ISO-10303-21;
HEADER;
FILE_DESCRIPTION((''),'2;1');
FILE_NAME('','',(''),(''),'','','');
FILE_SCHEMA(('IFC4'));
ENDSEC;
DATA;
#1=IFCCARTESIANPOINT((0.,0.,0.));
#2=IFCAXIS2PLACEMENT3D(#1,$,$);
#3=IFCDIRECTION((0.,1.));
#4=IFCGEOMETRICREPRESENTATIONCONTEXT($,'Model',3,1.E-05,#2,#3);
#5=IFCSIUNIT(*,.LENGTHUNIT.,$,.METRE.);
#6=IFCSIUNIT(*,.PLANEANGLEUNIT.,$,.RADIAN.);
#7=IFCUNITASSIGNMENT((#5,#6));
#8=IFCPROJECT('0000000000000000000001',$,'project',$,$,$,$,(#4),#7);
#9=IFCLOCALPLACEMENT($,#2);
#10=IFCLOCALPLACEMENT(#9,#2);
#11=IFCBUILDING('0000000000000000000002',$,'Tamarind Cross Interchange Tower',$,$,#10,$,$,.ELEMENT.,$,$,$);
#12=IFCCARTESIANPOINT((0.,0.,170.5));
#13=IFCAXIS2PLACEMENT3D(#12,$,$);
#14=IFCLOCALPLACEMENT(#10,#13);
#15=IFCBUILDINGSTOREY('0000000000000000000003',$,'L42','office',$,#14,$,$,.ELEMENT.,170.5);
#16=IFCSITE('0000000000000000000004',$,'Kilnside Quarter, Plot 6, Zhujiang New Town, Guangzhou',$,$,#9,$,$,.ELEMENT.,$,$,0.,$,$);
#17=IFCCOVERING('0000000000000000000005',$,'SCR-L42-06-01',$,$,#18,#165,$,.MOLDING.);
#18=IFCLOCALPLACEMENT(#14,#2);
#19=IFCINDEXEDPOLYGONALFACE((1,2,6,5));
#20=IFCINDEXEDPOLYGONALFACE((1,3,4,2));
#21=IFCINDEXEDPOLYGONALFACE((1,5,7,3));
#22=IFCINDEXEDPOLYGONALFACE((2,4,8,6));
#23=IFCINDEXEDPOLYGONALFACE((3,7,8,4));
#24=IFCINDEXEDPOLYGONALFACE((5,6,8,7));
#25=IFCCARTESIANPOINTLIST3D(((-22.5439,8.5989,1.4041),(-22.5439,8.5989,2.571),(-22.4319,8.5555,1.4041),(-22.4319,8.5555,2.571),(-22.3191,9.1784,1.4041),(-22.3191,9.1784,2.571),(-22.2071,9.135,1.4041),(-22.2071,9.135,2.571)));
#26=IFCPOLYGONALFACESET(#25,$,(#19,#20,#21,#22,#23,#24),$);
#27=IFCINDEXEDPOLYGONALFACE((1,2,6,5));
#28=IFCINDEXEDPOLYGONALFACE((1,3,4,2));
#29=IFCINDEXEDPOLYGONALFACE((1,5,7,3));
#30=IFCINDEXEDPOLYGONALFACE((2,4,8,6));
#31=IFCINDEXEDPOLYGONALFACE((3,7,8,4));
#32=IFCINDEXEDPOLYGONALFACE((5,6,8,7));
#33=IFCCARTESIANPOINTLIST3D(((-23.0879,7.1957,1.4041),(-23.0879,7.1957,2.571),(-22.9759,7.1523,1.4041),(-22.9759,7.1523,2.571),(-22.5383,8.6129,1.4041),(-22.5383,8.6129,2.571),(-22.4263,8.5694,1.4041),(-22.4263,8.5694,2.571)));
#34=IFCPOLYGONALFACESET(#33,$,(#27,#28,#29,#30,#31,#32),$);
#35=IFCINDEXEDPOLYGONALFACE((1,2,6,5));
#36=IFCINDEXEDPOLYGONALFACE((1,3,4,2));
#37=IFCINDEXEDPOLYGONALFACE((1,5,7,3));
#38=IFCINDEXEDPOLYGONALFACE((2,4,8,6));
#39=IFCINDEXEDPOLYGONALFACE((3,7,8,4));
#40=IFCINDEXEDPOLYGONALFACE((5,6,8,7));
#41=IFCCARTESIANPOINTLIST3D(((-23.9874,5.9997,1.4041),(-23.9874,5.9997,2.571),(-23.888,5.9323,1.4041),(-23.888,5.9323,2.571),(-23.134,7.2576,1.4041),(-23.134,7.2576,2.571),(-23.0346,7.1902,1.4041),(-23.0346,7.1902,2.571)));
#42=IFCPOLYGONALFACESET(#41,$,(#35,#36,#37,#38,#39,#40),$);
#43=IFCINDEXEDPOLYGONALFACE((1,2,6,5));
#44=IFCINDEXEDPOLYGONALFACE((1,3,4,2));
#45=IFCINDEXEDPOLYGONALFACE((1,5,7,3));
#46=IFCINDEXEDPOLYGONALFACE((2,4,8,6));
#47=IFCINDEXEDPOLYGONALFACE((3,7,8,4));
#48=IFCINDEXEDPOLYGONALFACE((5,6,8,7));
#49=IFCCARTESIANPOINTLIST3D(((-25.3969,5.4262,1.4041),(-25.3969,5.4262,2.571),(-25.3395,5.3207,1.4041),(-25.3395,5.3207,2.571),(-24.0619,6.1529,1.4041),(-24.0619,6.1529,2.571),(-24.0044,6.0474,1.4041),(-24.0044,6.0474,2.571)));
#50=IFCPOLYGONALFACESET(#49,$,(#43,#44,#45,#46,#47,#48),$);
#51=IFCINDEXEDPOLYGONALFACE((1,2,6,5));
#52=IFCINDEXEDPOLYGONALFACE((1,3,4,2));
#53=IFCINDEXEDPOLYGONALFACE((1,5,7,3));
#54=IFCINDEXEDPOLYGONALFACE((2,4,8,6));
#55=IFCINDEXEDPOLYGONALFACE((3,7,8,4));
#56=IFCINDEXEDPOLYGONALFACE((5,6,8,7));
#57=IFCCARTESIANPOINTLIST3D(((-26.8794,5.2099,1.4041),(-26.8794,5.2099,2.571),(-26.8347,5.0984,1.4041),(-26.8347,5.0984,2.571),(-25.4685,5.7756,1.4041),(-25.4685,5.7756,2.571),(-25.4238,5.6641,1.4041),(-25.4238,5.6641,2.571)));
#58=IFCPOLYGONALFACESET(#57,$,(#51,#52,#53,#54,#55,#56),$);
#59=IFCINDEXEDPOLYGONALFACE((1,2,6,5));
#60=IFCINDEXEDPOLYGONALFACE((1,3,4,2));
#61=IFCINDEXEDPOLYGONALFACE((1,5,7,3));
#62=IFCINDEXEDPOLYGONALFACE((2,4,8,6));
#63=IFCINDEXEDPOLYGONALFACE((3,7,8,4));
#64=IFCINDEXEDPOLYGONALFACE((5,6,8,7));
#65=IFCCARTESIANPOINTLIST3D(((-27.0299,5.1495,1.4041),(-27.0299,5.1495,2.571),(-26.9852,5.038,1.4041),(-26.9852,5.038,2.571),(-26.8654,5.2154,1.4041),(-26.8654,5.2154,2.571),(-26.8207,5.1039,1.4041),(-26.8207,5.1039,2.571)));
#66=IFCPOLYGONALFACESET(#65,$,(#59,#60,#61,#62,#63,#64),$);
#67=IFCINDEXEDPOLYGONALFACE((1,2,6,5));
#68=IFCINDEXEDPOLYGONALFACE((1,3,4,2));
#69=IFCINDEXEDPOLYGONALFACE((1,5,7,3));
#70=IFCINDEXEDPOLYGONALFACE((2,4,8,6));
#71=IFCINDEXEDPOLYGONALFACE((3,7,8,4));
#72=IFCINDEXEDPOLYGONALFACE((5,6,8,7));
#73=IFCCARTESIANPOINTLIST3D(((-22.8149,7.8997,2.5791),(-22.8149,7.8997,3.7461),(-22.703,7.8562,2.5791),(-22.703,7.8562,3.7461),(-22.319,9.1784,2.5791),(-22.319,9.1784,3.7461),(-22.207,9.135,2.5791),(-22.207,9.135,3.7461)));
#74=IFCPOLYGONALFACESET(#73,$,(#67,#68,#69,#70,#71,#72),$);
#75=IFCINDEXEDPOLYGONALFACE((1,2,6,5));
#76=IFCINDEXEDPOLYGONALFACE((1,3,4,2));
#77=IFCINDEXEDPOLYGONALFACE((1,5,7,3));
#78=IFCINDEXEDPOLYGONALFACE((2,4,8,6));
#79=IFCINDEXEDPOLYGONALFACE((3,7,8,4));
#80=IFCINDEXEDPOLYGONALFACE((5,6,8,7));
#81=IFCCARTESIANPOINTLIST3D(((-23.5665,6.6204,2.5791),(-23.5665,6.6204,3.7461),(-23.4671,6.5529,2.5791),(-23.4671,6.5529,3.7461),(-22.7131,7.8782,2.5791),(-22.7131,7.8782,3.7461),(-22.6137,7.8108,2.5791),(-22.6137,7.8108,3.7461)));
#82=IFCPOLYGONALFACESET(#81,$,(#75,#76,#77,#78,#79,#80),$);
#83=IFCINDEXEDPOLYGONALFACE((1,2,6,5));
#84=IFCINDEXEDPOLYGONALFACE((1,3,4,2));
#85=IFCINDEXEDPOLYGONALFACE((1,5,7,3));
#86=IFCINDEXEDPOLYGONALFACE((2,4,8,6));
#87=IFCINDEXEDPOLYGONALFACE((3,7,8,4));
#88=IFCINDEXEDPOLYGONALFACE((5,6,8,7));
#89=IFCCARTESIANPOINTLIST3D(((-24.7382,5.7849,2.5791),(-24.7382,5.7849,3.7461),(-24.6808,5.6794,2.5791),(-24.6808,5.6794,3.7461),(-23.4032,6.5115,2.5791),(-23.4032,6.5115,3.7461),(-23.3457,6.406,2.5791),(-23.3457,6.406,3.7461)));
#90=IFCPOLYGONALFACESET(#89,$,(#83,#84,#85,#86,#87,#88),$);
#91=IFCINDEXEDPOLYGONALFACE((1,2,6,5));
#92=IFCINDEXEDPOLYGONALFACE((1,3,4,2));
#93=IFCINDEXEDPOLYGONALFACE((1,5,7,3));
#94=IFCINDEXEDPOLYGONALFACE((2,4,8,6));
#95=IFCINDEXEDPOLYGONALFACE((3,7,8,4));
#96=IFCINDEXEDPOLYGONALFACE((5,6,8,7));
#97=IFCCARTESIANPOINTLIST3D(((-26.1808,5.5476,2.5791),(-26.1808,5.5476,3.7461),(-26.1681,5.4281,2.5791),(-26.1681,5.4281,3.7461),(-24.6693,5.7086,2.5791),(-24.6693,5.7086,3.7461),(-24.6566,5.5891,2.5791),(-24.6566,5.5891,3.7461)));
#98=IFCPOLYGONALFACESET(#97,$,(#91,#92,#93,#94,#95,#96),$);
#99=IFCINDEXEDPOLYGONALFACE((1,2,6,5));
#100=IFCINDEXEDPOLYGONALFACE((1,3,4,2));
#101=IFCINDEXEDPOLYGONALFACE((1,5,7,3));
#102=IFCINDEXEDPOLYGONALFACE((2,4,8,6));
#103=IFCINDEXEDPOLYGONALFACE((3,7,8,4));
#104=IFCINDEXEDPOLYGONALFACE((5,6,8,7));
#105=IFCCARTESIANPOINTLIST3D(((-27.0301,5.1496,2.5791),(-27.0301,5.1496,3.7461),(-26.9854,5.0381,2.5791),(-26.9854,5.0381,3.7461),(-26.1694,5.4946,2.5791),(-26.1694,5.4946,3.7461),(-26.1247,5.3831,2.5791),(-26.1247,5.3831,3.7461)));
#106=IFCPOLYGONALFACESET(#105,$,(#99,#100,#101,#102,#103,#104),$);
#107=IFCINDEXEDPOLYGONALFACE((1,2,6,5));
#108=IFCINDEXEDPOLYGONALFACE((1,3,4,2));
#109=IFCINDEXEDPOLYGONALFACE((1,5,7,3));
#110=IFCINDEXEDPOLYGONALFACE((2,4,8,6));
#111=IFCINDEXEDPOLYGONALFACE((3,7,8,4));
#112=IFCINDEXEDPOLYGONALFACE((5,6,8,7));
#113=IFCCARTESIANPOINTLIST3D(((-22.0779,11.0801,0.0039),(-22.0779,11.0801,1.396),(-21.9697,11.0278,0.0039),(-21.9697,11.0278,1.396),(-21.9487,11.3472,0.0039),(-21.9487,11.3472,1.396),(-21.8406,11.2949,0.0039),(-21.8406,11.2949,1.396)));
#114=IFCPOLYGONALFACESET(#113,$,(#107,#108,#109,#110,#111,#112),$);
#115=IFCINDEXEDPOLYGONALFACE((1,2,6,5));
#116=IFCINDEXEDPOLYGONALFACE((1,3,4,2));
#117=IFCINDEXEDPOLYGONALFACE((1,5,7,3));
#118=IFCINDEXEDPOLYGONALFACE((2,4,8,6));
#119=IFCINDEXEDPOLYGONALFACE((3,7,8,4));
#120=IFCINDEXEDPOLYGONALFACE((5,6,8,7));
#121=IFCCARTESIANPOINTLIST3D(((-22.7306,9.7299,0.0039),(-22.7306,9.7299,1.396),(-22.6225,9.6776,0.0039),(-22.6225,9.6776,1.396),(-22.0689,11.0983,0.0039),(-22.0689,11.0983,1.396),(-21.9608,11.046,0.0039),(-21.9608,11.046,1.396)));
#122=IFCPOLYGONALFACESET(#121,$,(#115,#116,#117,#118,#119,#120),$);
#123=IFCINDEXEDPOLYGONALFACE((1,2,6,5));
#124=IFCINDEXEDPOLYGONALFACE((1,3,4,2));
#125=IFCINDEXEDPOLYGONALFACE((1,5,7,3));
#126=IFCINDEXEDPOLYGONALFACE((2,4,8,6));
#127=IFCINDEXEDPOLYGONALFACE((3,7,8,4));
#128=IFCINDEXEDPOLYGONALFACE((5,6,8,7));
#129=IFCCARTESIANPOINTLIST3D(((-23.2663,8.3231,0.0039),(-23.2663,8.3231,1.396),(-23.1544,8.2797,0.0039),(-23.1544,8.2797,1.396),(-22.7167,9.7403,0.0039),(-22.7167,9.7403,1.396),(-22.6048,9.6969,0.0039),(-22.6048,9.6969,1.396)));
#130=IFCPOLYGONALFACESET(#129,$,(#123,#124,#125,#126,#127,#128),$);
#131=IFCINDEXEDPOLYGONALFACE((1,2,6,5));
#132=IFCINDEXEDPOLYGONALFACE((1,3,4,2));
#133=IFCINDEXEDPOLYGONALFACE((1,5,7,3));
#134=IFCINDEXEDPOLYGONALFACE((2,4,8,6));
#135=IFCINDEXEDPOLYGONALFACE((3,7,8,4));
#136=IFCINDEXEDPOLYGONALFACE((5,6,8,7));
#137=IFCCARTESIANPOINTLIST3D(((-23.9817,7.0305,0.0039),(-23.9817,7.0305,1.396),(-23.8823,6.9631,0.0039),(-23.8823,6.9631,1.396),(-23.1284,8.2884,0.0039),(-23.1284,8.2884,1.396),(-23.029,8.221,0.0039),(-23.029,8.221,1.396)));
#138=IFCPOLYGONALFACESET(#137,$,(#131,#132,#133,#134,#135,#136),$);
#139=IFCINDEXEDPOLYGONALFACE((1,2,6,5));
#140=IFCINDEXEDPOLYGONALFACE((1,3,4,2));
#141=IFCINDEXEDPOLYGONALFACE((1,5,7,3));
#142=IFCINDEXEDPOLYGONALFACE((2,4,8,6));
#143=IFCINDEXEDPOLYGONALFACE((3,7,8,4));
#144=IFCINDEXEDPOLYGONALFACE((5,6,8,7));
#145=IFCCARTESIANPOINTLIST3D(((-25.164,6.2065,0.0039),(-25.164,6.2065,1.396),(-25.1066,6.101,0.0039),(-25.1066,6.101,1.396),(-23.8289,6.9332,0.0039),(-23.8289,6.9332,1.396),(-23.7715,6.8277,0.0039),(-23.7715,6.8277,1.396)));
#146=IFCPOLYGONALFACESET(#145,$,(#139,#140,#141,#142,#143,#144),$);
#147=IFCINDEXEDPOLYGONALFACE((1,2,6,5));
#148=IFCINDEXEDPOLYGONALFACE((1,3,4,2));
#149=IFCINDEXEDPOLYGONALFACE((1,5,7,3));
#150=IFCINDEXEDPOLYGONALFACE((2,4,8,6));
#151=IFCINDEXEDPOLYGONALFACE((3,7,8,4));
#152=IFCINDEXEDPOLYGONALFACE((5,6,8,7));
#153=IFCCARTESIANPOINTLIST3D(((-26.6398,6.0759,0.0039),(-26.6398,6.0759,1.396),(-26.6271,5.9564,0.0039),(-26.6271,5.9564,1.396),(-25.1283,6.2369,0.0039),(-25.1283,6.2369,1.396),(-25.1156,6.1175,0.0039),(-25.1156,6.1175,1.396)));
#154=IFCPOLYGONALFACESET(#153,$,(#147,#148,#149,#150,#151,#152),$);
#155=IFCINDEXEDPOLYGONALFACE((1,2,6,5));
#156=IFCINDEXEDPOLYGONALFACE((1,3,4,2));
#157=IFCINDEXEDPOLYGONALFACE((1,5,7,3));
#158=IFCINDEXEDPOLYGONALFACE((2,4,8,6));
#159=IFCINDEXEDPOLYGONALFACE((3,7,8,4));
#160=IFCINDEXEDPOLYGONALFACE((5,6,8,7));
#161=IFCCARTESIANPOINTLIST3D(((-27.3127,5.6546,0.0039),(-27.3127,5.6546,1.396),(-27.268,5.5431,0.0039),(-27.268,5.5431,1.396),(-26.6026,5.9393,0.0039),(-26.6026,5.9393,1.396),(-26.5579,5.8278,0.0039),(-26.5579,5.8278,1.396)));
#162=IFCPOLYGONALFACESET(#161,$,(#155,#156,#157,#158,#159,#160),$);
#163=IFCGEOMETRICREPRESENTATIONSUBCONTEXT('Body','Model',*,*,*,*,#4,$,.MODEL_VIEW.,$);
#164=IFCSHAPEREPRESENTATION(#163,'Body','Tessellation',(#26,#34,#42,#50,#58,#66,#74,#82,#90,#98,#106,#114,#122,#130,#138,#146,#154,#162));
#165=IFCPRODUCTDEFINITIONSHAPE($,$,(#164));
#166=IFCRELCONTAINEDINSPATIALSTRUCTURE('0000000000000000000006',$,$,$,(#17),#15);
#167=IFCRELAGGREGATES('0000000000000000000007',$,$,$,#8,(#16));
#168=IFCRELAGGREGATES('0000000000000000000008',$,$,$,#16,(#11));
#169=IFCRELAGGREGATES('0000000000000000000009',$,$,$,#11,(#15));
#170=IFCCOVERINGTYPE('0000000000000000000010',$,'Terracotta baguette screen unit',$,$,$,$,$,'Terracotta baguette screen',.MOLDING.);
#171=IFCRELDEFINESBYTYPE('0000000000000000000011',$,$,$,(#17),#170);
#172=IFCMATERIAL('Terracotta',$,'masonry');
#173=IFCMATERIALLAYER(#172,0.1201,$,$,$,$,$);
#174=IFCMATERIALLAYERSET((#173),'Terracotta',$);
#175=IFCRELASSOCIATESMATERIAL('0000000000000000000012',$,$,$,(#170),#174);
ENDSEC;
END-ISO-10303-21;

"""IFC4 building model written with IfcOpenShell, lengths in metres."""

from ifc_helpers import new_model, si_unit, direction, frame, origin, origin_2d, place, context, subcontext, project, spatial, rectangle, extrude, material, layer, layer_set, type_object, element, save


model = new_model("IFC4")

# Units and contexts
model_context = context("Model", 3, precision=1e-05, world=origin(), true_north=direction((0.0, 1.0)))
body_context = subcontext(model_context, "Body", "Model", "MODEL_VIEW")
ifc_project = project(units=[si_unit("LENGTHUNIT", "METRE"), si_unit("PLANEANGLEUNIT", "RADIAN")], contexts=[model_context])

# Site, building, storey
site_placement = place(None, origin())
site = spatial("IfcSite", under=ifc_project, at=site_placement, Name="Kilnside Quarter, Plot 6, Zhujiang New Town, Guangzhou", CompositionType="ELEMENT", RefElevation=0.0)
building_placement = place(site_placement, origin())
building = spatial("IfcBuilding", under=site, at=building_placement, Name="Tamarind Cross Interchange Tower", CompositionType="ELEMENT")
storey_placement = place(building_placement, frame((0.0, 0.0, 170.5)))
storey = spatial("IfcBuildingStorey", under=building, at=storey_placement, Name="L42", Description="office", CompositionType="ELEMENT", Elevation=170.5)

# Covering
ifc_material_1 = material(Name="Terracotta", Category="masonry")
ifc_layer_1 = layer(ifc_material_1, 0.1201)
ifc_layer_set_1 = layer_set([ifc_layer_1], Name="Terracotta")
covering_type = type_object("IfcCoveringType", Name="Terracotta baguette screen unit", ElementType="Terracotta baguette screen", PredefinedType="MOLDING", material=ifc_layer_set_1)
covering_1_placement = place(storey_placement, origin())
element("IfcCovering", 1, at=covering_1_placement, inside=storey, type_object=covering_type, Name="SCR-L42-06-01", PredefinedType="MOLDING", context=body_context, shape_type="SweptSolid", body=[
    extrude(rectangle(XDim=0.6216, YDim=0.1201, at=origin_2d()), frame((-22.3755, 8.8669, 1.4041), z_axis=(0.0, 0.0, 1.0), x_axis=(-0.361573, -0.932344, 0.0)), (0.0, 0.0, 1.0), 1.167),
    extrude(rectangle(XDim=1.52, YDim=0.1201, at=origin_2d()), frame((-22.7571, 7.8826, 1.4041), z_axis=(0.0, 0.0, 1.0), x_axis=(-0.361573, -0.932344, 0.0)), (0.0, 0.0, 1.0), 1.167),
    extrude(rectangle(XDim=1.52, YDim=0.1201, at=origin_2d()), frame((-23.511, 6.595, 1.4041), z_axis=(0.0, 0.0, 1.0), x_axis=(-0.561401, -0.827544, 0.0)), (0.0, 0.0, 1.0), 1.167),
    extrude(rectangle(XDim=1.52, YDim=0.1201, at=origin_2d()), frame((-24.7007, 5.7368, 1.4041), z_axis=(0.0, 0.0, 1.0), x_axis=(-0.878334, -0.478047, 0.0)), (0.0, 0.0, 1.0), 1.167),
    extrude(rectangle(XDim=1.52, YDim=0.1201, at=origin_2d()), frame((-26.1516, 5.437, 1.4041), z_axis=(0.0, 0.0, 1.0), x_axis=(-0.928182, -0.372126, 0.0)), (0.0, 0.0, 1.0), 1.167),
    extrude(rectangle(XDim=0.1772, YDim=0.1201, at=origin_2d()), frame((-26.9253, 5.1267, 1.4041), z_axis=(0.0, 0.0, 1.0), x_axis=(-0.928182, -0.372126, 0.0)), (0.0, 0.0, 1.0), 1.167),
    extrude(rectangle(XDim=1.3716, YDim=0.1201, at=origin_2d()), frame((-22.511, 8.5173, 2.5791), z_axis=(0.0, 0.0, 1.0), x_axis=(-0.361573, -0.932344, 0.0)), (0.0, 0.0, 1.0), 1.167),
    extrude(rectangle(XDim=1.52, YDim=0.1201, at=origin_2d()), frame((-23.0901, 7.2156, 2.5791), z_axis=(0.0, 0.0, 1.0), x_axis=(-0.561401, -0.827544, 0.0)), (0.0, 0.0, 1.0), 1.167),
    extrude(rectangle(XDim=1.52, YDim=0.1201, at=origin_2d()), frame((-24.042, 6.0955, 2.5791), z_axis=(0.0, 0.0, 1.0), x_axis=(-0.878334, -0.478047, 0.0)), (0.0, 0.0, 1.0), 1.167),
    extrude(rectangle(XDim=1.52, YDim=0.1201, at=origin_2d()), frame((-25.4187, 5.5684, 2.5791), z_axis=(0.0, 0.0, 1.0), x_axis=(-0.994373, -0.105932, 0.0)), (0.0, 0.0, 1.0), 1.167),
    extrude(rectangle(XDim=0.9272, YDim=0.1201, at=origin_2d()), frame((-26.5774, 5.2664, 2.5791), z_axis=(0.0, 0.0, 1.0), x_axis=(-0.928182, -0.372126, 0.0)), (0.0, 0.0, 1.0), 1.167),
    extrude(rectangle(XDim=0.2966, YDim=0.1201, at=origin_2d()), frame((-21.9592, 11.1875, 0.0039), z_axis=(0.0, 0.0, 1.0), x_axis=(-0.435326, -0.900273, 0.0)), (0.0, 0.0, 1.0), 1.3921),
    extrude(rectangle(XDim=1.52, YDim=0.1201, at=origin_2d()), frame((-22.3457, 10.3879, 0.0039), z_axis=(0.0, 0.0, 1.0), x_axis=(-0.435326, -0.900273, 0.0)), (0.0, 0.0, 1.0), 1.3921),
    extrude(rectangle(XDim=1.52, YDim=0.1201, at=origin_2d()), frame((-22.9355, 9.01, 0.0039), z_axis=(0.0, 0.0, 1.0), x_axis=(-0.361573, -0.932344, 0.0)), (0.0, 0.0, 1.0), 1.3921),
    extrude(rectangle(XDim=1.52, YDim=0.1201, at=origin_2d()), frame((-23.5054, 7.6257, 0.0039), z_axis=(0.0, 0.0, 1.0), x_axis=(-0.561401, -0.827544, 0.0)), (0.0, 0.0, 1.0), 1.3921),
    extrude(rectangle(XDim=1.52, YDim=0.1201, at=origin_2d()), frame((-24.4678, 6.5171, 0.0039), z_axis=(0.0, 0.0, 1.0), x_axis=(-0.878334, -0.478047, 0.0)), (0.0, 0.0, 1.0), 1.3921),
    extrude(rectangle(XDim=1.52, YDim=0.1201, at=origin_2d()), frame((-25.8777, 6.0967, 0.0039), z_axis=(0.0, 0.0, 1.0), x_axis=(-0.994373, -0.105932, 0.0)), (0.0, 0.0, 1.0), 1.3921),
    extrude(rectangle(XDim=0.7651, YDim=0.1201, at=origin_2d()), frame((-26.9353, 5.7412, 0.0039), z_axis=(0.0, 0.0, 1.0), x_axis=(-0.928182, -0.372126, 0.0)), (0.0, 0.0, 1.0), 1.3921),
])

save(model, "model.ifc")
